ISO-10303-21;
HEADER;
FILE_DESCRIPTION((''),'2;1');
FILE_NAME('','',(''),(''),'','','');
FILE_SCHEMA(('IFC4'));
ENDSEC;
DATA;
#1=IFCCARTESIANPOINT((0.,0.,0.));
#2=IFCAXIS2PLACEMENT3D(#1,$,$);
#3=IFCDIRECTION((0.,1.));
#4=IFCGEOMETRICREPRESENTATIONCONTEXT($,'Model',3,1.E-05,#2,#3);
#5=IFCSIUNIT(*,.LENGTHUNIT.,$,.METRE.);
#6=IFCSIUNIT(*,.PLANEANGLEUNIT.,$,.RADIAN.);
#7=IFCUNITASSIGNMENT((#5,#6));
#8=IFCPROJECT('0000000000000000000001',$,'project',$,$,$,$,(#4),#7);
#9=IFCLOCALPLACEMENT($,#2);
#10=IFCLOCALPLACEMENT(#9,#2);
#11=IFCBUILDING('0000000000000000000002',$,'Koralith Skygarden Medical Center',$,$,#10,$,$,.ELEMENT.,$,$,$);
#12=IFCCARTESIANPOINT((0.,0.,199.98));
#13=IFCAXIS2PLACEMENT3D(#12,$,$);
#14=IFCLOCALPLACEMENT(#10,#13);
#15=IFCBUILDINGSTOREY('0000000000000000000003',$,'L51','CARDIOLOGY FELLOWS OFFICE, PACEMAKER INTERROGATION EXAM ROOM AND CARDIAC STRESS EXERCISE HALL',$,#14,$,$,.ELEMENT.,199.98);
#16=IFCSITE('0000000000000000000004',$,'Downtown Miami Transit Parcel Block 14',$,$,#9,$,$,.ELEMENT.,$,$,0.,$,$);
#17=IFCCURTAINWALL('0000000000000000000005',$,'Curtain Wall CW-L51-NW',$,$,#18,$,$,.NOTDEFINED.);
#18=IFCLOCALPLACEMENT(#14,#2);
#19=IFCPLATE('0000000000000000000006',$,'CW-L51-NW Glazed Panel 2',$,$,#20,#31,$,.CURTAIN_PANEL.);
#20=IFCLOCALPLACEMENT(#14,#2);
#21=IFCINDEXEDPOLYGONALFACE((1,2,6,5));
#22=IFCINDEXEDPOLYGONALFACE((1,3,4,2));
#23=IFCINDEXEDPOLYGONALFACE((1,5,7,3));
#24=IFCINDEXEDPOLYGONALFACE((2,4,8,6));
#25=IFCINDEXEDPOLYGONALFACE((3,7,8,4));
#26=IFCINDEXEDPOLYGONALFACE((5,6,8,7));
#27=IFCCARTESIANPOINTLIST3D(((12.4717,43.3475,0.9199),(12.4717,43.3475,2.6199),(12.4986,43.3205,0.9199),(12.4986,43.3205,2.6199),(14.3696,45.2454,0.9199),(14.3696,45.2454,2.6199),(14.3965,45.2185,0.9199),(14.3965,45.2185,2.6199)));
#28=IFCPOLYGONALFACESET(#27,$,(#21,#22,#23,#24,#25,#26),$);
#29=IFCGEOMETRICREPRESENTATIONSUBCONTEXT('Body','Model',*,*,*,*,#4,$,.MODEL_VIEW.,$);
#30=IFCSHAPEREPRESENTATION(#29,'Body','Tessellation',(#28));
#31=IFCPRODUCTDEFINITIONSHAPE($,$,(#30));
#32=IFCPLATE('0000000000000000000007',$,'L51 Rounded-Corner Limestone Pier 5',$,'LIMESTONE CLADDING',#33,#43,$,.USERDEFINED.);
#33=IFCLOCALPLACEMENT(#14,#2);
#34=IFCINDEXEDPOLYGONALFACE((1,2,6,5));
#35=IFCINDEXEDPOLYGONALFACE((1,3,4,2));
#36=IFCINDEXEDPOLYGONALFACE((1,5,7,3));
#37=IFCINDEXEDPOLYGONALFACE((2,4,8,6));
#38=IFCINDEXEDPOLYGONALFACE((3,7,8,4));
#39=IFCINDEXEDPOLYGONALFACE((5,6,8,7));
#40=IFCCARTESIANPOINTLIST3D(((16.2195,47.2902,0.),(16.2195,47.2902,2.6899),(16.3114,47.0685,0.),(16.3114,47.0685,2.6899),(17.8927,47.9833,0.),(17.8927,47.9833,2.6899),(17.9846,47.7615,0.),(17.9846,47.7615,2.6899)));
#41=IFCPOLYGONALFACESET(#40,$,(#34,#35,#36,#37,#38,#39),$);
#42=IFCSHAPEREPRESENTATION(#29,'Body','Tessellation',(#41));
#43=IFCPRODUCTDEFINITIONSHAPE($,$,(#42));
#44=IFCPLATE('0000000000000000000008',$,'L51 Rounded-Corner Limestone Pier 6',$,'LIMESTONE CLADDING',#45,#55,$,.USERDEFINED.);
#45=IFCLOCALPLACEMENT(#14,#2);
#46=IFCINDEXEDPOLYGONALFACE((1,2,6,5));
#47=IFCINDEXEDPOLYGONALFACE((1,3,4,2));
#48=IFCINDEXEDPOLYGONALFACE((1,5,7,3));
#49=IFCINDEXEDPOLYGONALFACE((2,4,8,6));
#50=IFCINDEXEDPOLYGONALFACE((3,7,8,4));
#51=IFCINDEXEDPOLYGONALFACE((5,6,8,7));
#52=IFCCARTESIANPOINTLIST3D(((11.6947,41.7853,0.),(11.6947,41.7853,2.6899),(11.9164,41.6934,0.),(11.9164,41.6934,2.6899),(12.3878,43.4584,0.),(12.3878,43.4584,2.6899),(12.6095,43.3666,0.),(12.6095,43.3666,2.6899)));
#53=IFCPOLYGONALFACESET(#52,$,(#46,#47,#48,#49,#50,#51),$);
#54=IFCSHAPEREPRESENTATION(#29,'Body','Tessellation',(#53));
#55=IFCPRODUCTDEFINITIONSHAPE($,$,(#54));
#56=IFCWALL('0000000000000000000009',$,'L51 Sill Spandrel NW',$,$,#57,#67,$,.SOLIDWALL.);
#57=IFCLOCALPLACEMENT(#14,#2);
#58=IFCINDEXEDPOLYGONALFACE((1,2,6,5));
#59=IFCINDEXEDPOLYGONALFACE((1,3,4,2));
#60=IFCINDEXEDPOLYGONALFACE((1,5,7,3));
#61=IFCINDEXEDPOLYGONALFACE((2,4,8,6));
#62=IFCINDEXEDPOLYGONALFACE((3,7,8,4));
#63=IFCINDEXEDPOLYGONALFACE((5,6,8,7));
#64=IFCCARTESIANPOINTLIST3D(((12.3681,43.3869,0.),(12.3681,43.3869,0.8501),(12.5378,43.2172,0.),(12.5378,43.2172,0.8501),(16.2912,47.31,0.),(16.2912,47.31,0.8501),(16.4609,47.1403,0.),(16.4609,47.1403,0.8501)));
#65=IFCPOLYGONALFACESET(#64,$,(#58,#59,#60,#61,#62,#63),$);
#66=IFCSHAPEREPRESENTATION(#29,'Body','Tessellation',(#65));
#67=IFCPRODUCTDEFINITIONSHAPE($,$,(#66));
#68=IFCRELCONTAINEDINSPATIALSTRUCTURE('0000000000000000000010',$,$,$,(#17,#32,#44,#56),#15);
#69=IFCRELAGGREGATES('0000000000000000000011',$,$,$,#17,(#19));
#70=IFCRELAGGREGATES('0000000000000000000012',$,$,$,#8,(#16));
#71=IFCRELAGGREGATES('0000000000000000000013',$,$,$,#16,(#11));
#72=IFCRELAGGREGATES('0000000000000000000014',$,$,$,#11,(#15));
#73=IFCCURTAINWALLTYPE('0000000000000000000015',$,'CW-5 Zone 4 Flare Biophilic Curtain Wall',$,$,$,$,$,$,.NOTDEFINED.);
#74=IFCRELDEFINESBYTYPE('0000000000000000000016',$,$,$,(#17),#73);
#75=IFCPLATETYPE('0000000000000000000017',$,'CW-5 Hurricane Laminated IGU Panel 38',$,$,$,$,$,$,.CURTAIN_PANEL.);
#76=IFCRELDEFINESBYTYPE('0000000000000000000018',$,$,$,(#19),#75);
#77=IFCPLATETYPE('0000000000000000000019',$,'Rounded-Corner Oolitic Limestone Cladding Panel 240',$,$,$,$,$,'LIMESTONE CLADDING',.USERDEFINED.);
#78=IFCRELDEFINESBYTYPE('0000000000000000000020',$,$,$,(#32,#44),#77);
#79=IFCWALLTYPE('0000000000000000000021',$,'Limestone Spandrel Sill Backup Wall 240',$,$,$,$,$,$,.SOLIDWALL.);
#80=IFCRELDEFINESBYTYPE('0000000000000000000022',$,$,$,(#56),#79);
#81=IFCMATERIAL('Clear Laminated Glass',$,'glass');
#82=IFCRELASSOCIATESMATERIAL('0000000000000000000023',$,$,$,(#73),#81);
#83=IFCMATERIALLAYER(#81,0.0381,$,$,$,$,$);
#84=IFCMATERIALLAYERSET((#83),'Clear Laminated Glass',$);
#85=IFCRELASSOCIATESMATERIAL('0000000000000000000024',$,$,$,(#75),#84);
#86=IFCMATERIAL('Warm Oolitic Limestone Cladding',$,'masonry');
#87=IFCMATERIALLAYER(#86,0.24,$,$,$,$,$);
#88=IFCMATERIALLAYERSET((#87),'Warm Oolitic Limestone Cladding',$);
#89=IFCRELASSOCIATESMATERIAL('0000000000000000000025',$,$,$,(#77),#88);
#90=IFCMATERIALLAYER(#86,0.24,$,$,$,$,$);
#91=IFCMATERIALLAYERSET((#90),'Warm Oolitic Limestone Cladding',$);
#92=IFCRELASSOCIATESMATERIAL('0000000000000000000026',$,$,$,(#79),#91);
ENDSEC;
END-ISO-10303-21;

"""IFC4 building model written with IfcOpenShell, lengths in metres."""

from ifc_helpers import new_model, si_unit, direction, frame, frame_2d, origin, origin_2d, place, context, subcontext, project, spatial, rectangle, extrude, material, layer, layer_set, type_object, element, aggregate, save


model = new_model("IFC4")

# Units and contexts
model_context = context("Model", 3, precision=1e-05, world=origin(), true_north=direction((0.0, 1.0)))
body_context = subcontext(model_context, "Body", "Model", "MODEL_VIEW")
ifc_project = project(units=[si_unit("LENGTHUNIT", "METRE"), si_unit("PLANEANGLEUNIT", "RADIAN")], contexts=[model_context])

# Site, building, storey
site_placement = place(None, origin())
site = spatial("IfcSite", under=ifc_project, at=site_placement, Name="Downtown Miami Transit Parcel Block 14", CompositionType="ELEMENT", RefElevation=0.0)
building_placement = place(site_placement, origin())
building = spatial("IfcBuilding", under=site, at=building_placement, Name="Koralith Skygarden Medical Center", CompositionType="ELEMENT")
storey_placement = place(building_placement, frame((0.0, 0.0, 199.98)))
storey = spatial("IfcBuildingStorey", under=building, at=storey_placement, Name="L51", Description="CARDIOLOGY FELLOWS OFFICE, PACEMAKER INTERROGATION EXAM ROOM AND CARDIAC STRESS EXERCISE HALL", CompositionType="ELEMENT", Elevation=199.98)

# Shared definitions
ifc_material_1 = material(Name="Clear Laminated Glass", Category="glass")
curtain_wall_type = type_object("IfcCurtainWallType", Name="CW-5 Zone 4 Flare Biophilic Curtain Wall", PredefinedType="NOTDEFINED", material=ifc_material_1)

# Curtain wall
curtain_wall_1_placement = place(storey_placement, origin())
curtain_wall_1 = element("IfcCurtainWall", 1, at=curtain_wall_1_placement, inside=storey, type_object=curtain_wall_type, Name="Curtain Wall CW-L51-NW", PredefinedType="NOTDEFINED")

# Plate
ifc_layer_1 = layer(ifc_material_1, 0.0381)
ifc_layer_set_1 = layer_set([ifc_layer_1], Name="Clear Laminated Glass")
plate_type_1 = type_object("IfcPlateType", Name="CW-5 Hurricane Laminated IGU Panel 38", PredefinedType="CURTAIN_PANEL", material=ifc_layer_set_1)
plate_1_placement = place(storey_placement, frame((13.4341, 44.283, 0.9199), z_axis=(0.0, 0.0, 1.0), x_axis=(-0.707107, -0.707107, 0.0)))
plate_1 = element("IfcPlate", 2, at=plate_1_placement, type_object=plate_type_1, Name="CW-L51-NW Glazed Panel 2", PredefinedType="CURTAIN_PANEL", context=body_context, shape_type="SweptSolid", body=[
    extrude(rectangle(XDim=2.6841, YDim=0.0381, at=origin_2d()), origin(), (0.0, 0.0, 1.0), 1.7),
])
aggregate(curtain_wall_1, [plate_1])

# Plates
ifc_material_2 = material(Name="Warm Oolitic Limestone Cladding", Category="masonry")
ifc_layer_2 = layer(ifc_material_2, 0.24)
ifc_layer_set_2 = layer_set([ifc_layer_2], Name="Warm Oolitic Limestone Cladding")
plate_type_2 = type_object("IfcPlateType", Name="Rounded-Corner Oolitic Limestone Cladding Panel 240", ElementType="LIMESTONE CLADDING", PredefinedType="USERDEFINED", material=ifc_layer_set_2)
for number, where, z_axis, x_axis, name in (
    (3, (17.1021, 47.5259, 0.0), (0.0, 0.0, 1.0), (-0.923885, -0.382671, 0.0), "L51 Rounded-Corner Limestone Pier 5"),
    (4, (12.1521, 42.5759, 0.0), (0.0, 0.0, 1.0), (-0.382671, -0.923885, 0.0), "L51 Rounded-Corner Limestone Pier 6"),
):
    element("IfcPlate", number, at=place(storey_placement, frame(where, z_axis=z_axis, x_axis=x_axis)), inside=storey, type_object=plate_type_2, Name=name, ObjectType="LIMESTONE CLADDING", PredefinedType="USERDEFINED", context=body_context, shape_type="SweptSolid", body=[
        extrude(rectangle(XDim=1.811, YDim=0.24, at=origin_2d()), origin(), (0.0, 0.0, 1.0), 2.6899),
    ])

# Wall
ifc_layer_3 = layer(ifc_material_2, 0.24)
ifc_layer_set_3 = layer_set([ifc_layer_3], Name="Warm Oolitic Limestone Cladding")
wall_type = type_object("IfcWallType", Name="Limestone Spandrel Sill Backup Wall 240", PredefinedType="SOLIDWALL", material=ifc_layer_set_3)
wall_placement = place(storey_placement, frame((16.376, 47.2251, 0.0), z_axis=(0.0, 0.0, 1.0), x_axis=(-0.707107, -0.707107, 0.0)))
element("IfcWall", 5, at=wall_placement, inside=storey, type_object=wall_type, Name="L51 Sill Spandrel NW", PredefinedType="SOLIDWALL", context=body_context, shape_type="SweptSolid", body=[
    extrude(rectangle(XDim=5.5481, YDim=0.24, at=frame_2d((2.7739, 0.0))), origin(), (0.0, 0.0, 1.0), 0.8501),
])

save(model, "model.ifc")
